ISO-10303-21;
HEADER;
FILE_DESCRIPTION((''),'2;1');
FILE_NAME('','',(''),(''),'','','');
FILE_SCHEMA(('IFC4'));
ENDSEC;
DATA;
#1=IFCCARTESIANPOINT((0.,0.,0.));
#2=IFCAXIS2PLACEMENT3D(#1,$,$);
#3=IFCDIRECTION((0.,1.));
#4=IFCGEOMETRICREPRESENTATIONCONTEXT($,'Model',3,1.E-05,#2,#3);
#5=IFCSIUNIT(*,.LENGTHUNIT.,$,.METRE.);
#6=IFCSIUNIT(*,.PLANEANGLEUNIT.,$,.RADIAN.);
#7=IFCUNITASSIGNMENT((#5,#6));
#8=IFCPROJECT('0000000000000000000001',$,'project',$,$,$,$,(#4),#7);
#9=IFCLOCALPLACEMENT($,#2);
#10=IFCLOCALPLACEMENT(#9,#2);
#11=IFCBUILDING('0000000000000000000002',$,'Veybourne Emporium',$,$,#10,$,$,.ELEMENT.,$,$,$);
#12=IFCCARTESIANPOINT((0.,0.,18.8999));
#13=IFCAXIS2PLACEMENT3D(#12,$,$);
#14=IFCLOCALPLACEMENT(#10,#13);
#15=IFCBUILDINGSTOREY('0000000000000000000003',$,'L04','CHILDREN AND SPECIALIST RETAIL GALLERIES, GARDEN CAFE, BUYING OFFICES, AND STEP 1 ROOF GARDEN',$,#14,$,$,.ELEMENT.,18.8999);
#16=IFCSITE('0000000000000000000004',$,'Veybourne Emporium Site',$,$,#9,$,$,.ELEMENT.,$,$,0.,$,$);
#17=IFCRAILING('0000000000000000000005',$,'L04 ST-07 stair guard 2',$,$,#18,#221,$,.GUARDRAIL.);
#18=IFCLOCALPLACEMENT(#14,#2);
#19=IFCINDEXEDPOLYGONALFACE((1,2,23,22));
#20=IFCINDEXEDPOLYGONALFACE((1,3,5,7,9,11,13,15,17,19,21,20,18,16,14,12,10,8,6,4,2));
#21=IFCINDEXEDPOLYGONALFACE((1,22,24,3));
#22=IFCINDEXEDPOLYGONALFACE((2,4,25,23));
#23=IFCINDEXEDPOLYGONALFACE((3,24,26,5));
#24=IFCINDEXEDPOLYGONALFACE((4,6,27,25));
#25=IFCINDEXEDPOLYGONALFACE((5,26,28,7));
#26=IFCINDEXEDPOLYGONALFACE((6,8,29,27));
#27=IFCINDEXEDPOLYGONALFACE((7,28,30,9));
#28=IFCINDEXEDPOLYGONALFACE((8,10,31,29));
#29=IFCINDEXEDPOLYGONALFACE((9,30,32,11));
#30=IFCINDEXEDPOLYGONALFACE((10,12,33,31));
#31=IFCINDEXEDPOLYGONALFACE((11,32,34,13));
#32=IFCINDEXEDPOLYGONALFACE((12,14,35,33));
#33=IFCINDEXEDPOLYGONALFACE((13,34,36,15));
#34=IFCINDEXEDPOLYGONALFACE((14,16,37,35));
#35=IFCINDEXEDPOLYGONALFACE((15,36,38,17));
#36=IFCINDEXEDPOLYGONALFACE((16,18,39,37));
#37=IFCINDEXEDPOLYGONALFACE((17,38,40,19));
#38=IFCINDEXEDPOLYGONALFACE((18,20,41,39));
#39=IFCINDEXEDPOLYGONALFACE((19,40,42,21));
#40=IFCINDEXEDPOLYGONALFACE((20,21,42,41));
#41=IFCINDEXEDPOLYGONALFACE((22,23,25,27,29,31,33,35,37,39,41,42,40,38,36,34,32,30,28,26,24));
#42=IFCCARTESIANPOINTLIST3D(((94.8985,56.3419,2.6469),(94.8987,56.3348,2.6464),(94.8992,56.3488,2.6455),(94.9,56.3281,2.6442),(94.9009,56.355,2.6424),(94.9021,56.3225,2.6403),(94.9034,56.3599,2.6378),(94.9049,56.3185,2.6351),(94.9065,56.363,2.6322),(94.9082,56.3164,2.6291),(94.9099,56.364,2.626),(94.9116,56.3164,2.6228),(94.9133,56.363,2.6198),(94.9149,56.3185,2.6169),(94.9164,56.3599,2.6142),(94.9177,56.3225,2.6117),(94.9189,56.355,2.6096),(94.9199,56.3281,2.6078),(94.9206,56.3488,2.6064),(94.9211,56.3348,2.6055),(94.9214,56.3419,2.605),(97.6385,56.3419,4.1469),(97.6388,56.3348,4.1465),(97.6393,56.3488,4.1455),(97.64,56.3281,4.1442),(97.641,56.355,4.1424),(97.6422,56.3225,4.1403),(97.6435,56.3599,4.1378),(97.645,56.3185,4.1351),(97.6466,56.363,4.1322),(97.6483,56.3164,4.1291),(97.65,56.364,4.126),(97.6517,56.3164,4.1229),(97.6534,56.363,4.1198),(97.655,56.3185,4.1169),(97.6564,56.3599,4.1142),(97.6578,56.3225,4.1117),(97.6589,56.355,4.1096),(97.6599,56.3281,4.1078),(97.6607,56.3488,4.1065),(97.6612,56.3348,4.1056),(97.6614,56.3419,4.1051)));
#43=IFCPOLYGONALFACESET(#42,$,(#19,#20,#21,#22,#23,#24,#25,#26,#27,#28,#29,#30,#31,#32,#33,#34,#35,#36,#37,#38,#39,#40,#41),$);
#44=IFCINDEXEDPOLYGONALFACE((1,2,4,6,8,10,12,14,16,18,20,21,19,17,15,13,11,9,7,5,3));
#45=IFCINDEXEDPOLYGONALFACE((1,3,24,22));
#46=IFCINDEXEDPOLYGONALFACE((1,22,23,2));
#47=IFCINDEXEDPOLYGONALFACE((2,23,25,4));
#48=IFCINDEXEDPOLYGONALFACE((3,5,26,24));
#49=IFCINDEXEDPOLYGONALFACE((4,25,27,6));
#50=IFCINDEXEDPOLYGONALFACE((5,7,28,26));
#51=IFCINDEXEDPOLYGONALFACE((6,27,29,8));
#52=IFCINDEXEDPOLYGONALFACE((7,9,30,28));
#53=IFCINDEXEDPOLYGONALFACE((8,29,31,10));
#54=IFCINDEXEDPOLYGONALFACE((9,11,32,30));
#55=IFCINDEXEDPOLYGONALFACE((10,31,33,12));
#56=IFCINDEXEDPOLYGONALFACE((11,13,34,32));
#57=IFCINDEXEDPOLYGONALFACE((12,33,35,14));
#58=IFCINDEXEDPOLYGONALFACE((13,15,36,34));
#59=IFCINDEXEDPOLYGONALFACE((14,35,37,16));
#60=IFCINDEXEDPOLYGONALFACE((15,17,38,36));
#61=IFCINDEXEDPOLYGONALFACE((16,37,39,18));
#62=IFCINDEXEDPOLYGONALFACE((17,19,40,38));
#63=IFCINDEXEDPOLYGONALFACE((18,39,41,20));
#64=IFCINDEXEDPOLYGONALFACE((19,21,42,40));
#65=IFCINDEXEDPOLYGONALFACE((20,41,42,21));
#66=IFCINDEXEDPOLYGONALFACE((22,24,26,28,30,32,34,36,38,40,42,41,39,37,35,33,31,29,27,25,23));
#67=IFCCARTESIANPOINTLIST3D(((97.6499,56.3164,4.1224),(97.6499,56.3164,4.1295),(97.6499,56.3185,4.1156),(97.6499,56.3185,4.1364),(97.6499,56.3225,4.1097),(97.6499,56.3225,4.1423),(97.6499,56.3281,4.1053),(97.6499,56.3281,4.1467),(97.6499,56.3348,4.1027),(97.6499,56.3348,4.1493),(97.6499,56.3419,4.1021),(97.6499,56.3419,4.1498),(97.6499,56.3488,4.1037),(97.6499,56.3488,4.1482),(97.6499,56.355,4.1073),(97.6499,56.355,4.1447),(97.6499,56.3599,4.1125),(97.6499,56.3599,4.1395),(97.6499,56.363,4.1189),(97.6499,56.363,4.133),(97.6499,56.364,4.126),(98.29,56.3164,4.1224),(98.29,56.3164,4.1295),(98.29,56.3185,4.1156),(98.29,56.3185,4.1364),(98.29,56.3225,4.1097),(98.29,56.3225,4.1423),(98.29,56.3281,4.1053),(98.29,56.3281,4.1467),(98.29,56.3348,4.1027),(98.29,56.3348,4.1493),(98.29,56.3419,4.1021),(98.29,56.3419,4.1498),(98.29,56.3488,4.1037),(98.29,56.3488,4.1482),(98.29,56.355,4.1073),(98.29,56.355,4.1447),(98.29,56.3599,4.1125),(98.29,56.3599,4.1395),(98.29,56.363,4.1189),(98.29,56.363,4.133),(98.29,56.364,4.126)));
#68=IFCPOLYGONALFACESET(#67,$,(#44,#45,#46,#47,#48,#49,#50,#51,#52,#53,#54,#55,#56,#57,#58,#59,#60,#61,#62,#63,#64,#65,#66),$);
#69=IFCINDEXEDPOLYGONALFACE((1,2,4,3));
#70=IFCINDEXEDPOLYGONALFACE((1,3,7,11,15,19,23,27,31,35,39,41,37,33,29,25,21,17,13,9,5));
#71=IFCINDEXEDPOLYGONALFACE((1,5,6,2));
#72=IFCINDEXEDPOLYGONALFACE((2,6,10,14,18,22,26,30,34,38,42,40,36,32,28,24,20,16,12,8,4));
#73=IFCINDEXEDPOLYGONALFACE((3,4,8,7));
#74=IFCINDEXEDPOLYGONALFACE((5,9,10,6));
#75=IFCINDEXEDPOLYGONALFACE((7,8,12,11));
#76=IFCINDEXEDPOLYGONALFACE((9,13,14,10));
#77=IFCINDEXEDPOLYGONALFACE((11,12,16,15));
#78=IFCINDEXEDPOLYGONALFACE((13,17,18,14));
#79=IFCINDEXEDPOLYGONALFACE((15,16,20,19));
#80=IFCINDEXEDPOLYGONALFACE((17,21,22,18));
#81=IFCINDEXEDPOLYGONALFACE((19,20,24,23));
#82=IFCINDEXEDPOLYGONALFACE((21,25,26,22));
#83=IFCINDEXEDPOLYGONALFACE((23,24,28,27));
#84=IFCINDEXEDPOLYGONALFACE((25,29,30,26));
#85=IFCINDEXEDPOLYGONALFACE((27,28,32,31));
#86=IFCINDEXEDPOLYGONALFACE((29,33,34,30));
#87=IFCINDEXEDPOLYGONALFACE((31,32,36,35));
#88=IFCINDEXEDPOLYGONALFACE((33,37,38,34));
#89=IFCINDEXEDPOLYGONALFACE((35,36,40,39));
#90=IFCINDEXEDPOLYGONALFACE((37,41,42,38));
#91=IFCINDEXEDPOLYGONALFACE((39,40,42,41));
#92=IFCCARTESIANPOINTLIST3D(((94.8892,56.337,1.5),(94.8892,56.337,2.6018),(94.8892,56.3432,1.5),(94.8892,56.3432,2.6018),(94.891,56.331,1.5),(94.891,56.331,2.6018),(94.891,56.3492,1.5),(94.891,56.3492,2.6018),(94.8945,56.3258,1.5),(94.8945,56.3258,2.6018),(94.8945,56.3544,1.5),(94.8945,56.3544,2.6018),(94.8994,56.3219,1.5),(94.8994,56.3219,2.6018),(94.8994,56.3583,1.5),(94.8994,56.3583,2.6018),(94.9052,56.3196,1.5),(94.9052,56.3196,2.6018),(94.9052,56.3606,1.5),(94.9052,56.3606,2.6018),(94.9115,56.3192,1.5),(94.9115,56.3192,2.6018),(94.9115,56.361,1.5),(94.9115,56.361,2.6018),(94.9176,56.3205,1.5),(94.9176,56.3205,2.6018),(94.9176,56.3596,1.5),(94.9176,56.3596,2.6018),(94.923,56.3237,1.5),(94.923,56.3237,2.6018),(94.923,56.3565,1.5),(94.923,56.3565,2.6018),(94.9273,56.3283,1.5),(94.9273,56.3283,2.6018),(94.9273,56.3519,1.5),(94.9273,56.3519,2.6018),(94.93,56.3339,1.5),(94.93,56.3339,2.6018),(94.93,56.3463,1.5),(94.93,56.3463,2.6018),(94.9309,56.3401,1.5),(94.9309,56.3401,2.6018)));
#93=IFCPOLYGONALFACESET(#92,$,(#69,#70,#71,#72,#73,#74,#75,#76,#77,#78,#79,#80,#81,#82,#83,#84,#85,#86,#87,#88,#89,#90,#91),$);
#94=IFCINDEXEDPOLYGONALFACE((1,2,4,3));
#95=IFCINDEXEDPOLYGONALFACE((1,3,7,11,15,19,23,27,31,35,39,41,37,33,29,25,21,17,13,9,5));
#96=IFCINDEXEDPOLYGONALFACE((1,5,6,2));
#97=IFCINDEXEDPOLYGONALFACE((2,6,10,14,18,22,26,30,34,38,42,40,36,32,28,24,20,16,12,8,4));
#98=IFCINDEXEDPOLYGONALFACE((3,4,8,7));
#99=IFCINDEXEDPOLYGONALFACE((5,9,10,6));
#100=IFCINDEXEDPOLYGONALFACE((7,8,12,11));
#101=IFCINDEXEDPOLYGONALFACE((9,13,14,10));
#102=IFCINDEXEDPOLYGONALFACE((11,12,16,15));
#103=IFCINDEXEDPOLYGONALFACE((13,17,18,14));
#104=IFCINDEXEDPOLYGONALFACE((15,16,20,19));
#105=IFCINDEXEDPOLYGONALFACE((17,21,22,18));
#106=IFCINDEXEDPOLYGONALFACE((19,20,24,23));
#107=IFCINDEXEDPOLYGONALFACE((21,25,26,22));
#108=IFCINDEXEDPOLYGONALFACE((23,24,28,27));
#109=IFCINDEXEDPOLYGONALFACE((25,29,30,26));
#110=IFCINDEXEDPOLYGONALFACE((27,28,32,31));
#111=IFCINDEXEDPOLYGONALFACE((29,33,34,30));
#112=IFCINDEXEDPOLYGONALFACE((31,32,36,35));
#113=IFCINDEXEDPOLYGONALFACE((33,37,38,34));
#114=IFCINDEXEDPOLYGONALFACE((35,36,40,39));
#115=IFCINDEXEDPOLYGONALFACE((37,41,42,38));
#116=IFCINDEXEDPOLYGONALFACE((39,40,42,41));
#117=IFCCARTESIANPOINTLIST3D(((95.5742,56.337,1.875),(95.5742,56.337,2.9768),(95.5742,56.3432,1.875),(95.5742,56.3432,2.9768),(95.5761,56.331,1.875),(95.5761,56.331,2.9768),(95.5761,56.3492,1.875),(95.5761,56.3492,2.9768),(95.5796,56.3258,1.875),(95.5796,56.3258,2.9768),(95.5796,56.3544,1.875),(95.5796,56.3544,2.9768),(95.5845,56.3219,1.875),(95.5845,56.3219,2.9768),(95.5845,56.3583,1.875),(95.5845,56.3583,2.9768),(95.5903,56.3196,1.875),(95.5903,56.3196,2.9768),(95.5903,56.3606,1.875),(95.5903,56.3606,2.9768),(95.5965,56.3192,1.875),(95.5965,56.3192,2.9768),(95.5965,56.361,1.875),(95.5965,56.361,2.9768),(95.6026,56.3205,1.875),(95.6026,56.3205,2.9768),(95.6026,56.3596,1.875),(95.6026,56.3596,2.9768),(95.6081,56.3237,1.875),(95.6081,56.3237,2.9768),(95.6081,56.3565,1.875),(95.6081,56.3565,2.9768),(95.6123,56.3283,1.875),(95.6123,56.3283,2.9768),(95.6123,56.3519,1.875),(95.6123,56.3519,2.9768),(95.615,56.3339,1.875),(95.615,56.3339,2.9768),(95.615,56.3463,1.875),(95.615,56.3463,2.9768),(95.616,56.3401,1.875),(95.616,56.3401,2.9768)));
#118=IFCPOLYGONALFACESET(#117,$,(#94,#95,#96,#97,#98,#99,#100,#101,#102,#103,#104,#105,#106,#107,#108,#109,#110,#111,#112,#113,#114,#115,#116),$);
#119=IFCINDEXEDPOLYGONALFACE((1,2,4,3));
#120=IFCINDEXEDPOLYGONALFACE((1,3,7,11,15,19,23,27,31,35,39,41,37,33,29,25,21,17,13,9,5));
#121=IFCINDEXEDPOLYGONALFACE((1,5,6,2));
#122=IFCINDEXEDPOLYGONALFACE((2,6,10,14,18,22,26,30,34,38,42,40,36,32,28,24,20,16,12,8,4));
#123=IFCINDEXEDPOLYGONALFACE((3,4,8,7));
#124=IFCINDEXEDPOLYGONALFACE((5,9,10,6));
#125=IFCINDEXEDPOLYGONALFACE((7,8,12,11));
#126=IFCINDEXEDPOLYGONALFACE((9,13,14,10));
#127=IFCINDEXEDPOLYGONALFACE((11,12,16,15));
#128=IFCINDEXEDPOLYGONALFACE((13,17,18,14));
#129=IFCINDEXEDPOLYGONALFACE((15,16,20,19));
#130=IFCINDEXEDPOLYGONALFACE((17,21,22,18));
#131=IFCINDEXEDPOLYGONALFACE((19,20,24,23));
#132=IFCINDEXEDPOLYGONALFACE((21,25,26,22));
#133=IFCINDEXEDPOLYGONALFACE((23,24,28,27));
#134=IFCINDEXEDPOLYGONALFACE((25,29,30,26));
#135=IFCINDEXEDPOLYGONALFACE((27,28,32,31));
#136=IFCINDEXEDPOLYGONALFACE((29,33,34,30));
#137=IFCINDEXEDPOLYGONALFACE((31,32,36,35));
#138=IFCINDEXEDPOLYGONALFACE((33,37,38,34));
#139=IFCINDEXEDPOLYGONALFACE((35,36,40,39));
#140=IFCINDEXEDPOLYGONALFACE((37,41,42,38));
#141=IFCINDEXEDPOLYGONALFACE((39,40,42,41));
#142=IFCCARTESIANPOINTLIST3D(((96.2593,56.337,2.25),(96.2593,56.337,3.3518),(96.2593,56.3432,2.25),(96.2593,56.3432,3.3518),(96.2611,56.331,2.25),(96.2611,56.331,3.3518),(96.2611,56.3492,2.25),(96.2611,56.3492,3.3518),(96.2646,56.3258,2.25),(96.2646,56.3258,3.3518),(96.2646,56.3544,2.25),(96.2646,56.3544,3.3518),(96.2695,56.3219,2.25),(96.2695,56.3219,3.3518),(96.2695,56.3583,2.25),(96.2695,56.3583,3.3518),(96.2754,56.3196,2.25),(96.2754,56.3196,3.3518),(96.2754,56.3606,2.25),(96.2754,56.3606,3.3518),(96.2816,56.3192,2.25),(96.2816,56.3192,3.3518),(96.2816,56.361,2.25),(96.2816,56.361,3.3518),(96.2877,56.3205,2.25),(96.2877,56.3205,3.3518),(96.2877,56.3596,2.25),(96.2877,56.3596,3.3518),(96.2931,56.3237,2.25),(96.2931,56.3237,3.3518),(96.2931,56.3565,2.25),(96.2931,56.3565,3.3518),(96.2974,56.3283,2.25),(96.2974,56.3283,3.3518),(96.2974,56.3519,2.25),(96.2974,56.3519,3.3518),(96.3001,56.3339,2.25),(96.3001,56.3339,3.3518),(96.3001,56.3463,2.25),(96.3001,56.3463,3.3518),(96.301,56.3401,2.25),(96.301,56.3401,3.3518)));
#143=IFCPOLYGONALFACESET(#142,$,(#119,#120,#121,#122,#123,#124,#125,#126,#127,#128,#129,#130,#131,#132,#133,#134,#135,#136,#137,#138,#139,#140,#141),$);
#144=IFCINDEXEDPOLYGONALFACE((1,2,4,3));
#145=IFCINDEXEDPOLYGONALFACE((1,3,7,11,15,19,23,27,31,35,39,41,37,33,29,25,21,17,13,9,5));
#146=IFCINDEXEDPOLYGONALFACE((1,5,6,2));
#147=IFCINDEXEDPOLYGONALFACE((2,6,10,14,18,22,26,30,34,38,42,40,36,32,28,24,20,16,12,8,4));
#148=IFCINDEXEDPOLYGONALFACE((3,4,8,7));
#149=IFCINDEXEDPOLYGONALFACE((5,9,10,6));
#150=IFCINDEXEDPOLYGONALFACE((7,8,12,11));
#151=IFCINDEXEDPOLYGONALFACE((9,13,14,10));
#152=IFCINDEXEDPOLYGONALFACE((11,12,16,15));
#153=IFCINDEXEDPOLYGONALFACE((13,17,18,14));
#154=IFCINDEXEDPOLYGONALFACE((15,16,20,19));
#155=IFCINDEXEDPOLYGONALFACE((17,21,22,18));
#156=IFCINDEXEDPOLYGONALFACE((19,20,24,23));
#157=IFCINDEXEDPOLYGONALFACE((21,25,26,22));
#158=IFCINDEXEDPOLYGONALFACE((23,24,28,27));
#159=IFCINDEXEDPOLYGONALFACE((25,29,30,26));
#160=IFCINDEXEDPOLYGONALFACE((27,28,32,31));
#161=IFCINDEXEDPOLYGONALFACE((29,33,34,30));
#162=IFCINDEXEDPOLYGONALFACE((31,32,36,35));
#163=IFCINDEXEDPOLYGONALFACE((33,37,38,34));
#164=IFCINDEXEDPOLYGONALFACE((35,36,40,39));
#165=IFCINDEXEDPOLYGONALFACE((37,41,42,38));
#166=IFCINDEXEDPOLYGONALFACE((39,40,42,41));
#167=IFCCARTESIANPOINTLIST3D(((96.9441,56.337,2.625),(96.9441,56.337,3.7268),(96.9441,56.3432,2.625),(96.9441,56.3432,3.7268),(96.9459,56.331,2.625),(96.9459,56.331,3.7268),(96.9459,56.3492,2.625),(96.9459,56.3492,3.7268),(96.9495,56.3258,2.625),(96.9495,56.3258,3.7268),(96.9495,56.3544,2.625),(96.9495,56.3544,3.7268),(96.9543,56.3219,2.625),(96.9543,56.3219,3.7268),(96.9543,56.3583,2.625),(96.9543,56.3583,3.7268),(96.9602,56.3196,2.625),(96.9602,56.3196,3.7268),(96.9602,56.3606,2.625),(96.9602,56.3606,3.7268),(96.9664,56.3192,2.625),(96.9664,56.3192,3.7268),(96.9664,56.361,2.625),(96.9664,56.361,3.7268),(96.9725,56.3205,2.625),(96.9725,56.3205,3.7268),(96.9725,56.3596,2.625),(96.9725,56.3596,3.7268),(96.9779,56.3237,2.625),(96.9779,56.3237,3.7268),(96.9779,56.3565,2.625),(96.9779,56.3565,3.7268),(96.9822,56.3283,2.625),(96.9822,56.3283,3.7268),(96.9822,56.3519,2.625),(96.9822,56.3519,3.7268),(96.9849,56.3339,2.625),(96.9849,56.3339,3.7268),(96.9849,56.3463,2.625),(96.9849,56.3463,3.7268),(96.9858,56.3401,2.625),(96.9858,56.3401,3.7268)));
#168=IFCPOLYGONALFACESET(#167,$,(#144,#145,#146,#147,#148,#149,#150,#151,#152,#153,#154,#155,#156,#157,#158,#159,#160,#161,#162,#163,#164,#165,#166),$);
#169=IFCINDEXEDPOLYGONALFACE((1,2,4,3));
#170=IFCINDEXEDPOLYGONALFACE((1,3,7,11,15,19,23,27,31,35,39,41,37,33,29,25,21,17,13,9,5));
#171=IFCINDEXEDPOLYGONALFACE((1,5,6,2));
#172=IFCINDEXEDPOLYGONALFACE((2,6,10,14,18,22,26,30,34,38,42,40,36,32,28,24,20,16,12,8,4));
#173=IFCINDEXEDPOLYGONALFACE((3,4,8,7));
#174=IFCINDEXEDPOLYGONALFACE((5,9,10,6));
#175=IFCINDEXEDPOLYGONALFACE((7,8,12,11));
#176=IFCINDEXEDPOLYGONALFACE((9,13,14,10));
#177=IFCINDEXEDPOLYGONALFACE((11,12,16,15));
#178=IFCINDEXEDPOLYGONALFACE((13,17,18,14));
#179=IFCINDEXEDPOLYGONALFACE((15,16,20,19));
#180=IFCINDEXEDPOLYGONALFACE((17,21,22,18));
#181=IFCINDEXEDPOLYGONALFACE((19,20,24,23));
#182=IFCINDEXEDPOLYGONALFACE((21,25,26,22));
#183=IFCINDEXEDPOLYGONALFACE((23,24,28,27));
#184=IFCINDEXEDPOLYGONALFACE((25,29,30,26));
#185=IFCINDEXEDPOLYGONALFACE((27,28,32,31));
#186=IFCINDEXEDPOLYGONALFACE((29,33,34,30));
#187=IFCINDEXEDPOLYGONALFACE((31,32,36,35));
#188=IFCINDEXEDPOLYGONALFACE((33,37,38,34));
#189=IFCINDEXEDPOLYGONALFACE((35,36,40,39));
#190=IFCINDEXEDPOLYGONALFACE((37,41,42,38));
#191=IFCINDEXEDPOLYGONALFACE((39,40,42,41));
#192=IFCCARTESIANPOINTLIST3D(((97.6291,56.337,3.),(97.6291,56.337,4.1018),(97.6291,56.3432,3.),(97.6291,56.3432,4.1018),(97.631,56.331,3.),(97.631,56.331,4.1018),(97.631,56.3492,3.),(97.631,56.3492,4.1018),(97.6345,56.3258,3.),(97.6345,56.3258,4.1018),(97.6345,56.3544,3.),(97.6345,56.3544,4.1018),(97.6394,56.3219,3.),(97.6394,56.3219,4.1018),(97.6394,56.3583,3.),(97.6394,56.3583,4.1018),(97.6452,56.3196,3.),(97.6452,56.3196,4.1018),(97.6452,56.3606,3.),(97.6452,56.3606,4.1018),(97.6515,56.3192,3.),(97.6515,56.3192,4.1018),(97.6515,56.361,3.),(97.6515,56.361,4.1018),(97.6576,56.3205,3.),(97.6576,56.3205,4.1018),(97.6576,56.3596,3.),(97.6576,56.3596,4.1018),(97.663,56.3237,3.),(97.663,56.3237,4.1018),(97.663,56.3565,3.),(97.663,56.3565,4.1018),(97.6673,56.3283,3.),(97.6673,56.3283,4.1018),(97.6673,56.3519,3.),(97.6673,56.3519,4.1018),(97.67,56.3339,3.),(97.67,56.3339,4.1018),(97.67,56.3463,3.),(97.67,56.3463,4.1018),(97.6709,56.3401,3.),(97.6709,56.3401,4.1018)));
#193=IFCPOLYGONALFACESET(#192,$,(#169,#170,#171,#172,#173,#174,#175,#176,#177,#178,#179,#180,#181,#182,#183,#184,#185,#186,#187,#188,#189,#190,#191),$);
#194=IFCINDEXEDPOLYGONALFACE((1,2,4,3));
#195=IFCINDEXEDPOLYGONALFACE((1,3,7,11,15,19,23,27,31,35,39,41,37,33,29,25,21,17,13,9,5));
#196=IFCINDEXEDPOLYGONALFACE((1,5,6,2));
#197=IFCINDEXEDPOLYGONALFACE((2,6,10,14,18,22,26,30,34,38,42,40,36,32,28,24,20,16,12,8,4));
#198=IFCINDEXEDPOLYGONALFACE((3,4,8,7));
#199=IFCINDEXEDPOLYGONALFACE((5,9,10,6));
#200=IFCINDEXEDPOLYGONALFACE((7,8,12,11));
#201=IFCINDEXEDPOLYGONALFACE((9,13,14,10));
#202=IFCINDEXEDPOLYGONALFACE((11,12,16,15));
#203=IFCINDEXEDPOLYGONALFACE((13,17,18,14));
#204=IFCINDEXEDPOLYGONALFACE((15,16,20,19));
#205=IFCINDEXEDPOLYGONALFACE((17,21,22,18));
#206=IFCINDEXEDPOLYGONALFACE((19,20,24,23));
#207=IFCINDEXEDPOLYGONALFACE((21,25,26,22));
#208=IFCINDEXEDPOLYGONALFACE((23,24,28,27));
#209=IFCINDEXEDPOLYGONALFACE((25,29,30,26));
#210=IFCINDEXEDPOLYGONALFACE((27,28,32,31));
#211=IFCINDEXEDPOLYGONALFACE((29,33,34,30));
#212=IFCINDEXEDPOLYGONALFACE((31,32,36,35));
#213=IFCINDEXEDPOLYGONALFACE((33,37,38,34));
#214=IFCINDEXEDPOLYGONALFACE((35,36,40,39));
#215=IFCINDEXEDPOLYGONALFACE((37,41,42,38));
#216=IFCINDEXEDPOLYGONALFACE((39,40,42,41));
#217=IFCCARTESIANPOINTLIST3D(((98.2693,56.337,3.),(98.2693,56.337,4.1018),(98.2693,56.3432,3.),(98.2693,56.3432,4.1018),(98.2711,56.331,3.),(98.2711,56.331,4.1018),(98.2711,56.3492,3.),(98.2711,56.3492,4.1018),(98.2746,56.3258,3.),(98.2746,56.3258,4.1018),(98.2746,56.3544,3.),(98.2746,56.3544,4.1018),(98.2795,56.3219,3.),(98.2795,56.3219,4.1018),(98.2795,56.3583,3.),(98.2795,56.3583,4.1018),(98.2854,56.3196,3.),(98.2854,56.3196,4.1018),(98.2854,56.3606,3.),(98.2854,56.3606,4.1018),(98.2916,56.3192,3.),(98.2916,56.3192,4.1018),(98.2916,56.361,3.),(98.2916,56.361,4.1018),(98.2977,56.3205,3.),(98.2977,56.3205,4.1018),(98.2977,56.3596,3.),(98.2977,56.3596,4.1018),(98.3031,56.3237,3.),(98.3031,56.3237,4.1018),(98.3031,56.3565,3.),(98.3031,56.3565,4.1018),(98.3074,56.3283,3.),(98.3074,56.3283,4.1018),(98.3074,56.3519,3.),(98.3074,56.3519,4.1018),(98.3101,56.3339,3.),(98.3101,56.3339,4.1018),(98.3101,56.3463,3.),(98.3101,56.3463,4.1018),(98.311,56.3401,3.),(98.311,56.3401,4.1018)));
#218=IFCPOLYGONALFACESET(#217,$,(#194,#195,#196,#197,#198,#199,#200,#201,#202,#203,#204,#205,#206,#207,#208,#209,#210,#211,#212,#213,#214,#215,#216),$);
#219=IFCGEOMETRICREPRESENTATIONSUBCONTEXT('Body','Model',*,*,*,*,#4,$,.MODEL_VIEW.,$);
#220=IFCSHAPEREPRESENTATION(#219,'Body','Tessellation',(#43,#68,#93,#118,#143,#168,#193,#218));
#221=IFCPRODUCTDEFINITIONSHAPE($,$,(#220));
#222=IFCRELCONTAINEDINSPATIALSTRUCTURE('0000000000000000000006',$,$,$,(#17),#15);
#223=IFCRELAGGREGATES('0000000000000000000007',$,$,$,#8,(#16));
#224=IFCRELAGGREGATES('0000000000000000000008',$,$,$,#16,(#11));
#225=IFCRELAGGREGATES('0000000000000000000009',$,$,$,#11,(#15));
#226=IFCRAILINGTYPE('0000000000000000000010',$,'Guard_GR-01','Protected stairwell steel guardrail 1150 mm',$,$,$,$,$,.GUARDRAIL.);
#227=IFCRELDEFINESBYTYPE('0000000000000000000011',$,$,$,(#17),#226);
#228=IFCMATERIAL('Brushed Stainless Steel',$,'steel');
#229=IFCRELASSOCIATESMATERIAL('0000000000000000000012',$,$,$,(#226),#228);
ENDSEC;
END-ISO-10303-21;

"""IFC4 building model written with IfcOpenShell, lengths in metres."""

from ifc_helpers import new_model, si_unit, direction, frame, origin, origin_2d, place, context, subcontext, project, spatial, circle, extrude, material, type_object, element, save


model = new_model("IFC4")

# Units and contexts
model_context = context("Model", 3, precision=1e-05, world=origin(), true_north=direction((0.0, 1.0)))
body_context = subcontext(model_context, "Body", "Model", "MODEL_VIEW")
ifc_project = project(units=[si_unit("LENGTHUNIT", "METRE"), si_unit("PLANEANGLEUNIT", "RADIAN")], contexts=[model_context])

# Site, building, storey
site_placement = place(None, origin())
site = spatial("IfcSite", under=ifc_project, at=site_placement, Name="Veybourne Emporium Site", CompositionType="ELEMENT", RefElevation=0.0)
building_placement = place(site_placement, origin())
building = spatial("IfcBuilding", under=site, at=building_placement, Name="Veybourne Emporium", CompositionType="ELEMENT")
storey_placement = place(building_placement, frame((0.0, 0.0, 18.8999)))
storey = spatial("IfcBuildingStorey", under=building, at=storey_placement, Name="L04", Description="CHILDREN AND SPECIALIST RETAIL GALLERIES, GARDEN CAFE, BUYING OFFICES, AND STEP 1 ROOF GARDEN", CompositionType="ELEMENT", Elevation=18.8999)

# Railing
ifc_material_1 = material(Name="Brushed Stainless Steel", Category="steel")
railing_type_1 = type_object("IfcRailingType", Name="Guard_GR-01", Description="Protected stairwell steel guardrail 1150 mm", PredefinedType="GUARDRAIL", material=ifc_material_1)
railing_1_placement = place(storey_placement, frame((94.9099, 56.3401, 1.5)))
element("IfcRailing", 1, at=railing_1_placement, inside=storey, type_object=railing_type_1, Name="L04 ST-07 stair guard 2", PredefinedType="GUARDRAIL", context=body_context, shape_type="SweptSolid", body=[
    extrude(circle(Radius=0.0239, at=origin_2d()), frame((0.0, 0.0, 1.126), z_axis=(0.87716, 0.0, 0.480199), x_axis=(0.0, 1.0, 0.0)), (0.0, 0.0, 1.0), 3.1238),
    extrude(circle(Radius=0.0239, at=origin_2d()), frame((2.74, 0.0, 2.626), z_axis=(1.0, 0.0, 0.0), x_axis=(0.0, 1.0, 0.0)), (0.0, 0.0, 1.0), 0.6401),
    extrude(circle(Radius=0.021, at=origin_2d()), origin(), (0.0, 0.0, 1.0), 1.1018),
    extrude(circle(Radius=0.021, at=origin_2d()), frame((0.6851, 0.0, 0.375)), (0.0, 0.0, 1.0), 1.1018),
    extrude(circle(Radius=0.021, at=origin_2d()), frame((1.3701, 0.0, 0.75)), (0.0, 0.0, 1.0), 1.1018),
    extrude(circle(Radius=0.021, at=origin_2d()), frame((2.0549, 0.0, 1.125)), (0.0, 0.0, 1.0), 1.1018),
    extrude(circle(Radius=0.021, at=origin_2d()), frame((2.74, 0.0, 1.5)), (0.0, 0.0, 1.0), 1.1018),
    extrude(circle(Radius=0.021, at=origin_2d()), frame((3.3801, 0.0, 1.5)), (0.0, 0.0, 1.0), 1.1018),
])

save(model, "model.ifc")
